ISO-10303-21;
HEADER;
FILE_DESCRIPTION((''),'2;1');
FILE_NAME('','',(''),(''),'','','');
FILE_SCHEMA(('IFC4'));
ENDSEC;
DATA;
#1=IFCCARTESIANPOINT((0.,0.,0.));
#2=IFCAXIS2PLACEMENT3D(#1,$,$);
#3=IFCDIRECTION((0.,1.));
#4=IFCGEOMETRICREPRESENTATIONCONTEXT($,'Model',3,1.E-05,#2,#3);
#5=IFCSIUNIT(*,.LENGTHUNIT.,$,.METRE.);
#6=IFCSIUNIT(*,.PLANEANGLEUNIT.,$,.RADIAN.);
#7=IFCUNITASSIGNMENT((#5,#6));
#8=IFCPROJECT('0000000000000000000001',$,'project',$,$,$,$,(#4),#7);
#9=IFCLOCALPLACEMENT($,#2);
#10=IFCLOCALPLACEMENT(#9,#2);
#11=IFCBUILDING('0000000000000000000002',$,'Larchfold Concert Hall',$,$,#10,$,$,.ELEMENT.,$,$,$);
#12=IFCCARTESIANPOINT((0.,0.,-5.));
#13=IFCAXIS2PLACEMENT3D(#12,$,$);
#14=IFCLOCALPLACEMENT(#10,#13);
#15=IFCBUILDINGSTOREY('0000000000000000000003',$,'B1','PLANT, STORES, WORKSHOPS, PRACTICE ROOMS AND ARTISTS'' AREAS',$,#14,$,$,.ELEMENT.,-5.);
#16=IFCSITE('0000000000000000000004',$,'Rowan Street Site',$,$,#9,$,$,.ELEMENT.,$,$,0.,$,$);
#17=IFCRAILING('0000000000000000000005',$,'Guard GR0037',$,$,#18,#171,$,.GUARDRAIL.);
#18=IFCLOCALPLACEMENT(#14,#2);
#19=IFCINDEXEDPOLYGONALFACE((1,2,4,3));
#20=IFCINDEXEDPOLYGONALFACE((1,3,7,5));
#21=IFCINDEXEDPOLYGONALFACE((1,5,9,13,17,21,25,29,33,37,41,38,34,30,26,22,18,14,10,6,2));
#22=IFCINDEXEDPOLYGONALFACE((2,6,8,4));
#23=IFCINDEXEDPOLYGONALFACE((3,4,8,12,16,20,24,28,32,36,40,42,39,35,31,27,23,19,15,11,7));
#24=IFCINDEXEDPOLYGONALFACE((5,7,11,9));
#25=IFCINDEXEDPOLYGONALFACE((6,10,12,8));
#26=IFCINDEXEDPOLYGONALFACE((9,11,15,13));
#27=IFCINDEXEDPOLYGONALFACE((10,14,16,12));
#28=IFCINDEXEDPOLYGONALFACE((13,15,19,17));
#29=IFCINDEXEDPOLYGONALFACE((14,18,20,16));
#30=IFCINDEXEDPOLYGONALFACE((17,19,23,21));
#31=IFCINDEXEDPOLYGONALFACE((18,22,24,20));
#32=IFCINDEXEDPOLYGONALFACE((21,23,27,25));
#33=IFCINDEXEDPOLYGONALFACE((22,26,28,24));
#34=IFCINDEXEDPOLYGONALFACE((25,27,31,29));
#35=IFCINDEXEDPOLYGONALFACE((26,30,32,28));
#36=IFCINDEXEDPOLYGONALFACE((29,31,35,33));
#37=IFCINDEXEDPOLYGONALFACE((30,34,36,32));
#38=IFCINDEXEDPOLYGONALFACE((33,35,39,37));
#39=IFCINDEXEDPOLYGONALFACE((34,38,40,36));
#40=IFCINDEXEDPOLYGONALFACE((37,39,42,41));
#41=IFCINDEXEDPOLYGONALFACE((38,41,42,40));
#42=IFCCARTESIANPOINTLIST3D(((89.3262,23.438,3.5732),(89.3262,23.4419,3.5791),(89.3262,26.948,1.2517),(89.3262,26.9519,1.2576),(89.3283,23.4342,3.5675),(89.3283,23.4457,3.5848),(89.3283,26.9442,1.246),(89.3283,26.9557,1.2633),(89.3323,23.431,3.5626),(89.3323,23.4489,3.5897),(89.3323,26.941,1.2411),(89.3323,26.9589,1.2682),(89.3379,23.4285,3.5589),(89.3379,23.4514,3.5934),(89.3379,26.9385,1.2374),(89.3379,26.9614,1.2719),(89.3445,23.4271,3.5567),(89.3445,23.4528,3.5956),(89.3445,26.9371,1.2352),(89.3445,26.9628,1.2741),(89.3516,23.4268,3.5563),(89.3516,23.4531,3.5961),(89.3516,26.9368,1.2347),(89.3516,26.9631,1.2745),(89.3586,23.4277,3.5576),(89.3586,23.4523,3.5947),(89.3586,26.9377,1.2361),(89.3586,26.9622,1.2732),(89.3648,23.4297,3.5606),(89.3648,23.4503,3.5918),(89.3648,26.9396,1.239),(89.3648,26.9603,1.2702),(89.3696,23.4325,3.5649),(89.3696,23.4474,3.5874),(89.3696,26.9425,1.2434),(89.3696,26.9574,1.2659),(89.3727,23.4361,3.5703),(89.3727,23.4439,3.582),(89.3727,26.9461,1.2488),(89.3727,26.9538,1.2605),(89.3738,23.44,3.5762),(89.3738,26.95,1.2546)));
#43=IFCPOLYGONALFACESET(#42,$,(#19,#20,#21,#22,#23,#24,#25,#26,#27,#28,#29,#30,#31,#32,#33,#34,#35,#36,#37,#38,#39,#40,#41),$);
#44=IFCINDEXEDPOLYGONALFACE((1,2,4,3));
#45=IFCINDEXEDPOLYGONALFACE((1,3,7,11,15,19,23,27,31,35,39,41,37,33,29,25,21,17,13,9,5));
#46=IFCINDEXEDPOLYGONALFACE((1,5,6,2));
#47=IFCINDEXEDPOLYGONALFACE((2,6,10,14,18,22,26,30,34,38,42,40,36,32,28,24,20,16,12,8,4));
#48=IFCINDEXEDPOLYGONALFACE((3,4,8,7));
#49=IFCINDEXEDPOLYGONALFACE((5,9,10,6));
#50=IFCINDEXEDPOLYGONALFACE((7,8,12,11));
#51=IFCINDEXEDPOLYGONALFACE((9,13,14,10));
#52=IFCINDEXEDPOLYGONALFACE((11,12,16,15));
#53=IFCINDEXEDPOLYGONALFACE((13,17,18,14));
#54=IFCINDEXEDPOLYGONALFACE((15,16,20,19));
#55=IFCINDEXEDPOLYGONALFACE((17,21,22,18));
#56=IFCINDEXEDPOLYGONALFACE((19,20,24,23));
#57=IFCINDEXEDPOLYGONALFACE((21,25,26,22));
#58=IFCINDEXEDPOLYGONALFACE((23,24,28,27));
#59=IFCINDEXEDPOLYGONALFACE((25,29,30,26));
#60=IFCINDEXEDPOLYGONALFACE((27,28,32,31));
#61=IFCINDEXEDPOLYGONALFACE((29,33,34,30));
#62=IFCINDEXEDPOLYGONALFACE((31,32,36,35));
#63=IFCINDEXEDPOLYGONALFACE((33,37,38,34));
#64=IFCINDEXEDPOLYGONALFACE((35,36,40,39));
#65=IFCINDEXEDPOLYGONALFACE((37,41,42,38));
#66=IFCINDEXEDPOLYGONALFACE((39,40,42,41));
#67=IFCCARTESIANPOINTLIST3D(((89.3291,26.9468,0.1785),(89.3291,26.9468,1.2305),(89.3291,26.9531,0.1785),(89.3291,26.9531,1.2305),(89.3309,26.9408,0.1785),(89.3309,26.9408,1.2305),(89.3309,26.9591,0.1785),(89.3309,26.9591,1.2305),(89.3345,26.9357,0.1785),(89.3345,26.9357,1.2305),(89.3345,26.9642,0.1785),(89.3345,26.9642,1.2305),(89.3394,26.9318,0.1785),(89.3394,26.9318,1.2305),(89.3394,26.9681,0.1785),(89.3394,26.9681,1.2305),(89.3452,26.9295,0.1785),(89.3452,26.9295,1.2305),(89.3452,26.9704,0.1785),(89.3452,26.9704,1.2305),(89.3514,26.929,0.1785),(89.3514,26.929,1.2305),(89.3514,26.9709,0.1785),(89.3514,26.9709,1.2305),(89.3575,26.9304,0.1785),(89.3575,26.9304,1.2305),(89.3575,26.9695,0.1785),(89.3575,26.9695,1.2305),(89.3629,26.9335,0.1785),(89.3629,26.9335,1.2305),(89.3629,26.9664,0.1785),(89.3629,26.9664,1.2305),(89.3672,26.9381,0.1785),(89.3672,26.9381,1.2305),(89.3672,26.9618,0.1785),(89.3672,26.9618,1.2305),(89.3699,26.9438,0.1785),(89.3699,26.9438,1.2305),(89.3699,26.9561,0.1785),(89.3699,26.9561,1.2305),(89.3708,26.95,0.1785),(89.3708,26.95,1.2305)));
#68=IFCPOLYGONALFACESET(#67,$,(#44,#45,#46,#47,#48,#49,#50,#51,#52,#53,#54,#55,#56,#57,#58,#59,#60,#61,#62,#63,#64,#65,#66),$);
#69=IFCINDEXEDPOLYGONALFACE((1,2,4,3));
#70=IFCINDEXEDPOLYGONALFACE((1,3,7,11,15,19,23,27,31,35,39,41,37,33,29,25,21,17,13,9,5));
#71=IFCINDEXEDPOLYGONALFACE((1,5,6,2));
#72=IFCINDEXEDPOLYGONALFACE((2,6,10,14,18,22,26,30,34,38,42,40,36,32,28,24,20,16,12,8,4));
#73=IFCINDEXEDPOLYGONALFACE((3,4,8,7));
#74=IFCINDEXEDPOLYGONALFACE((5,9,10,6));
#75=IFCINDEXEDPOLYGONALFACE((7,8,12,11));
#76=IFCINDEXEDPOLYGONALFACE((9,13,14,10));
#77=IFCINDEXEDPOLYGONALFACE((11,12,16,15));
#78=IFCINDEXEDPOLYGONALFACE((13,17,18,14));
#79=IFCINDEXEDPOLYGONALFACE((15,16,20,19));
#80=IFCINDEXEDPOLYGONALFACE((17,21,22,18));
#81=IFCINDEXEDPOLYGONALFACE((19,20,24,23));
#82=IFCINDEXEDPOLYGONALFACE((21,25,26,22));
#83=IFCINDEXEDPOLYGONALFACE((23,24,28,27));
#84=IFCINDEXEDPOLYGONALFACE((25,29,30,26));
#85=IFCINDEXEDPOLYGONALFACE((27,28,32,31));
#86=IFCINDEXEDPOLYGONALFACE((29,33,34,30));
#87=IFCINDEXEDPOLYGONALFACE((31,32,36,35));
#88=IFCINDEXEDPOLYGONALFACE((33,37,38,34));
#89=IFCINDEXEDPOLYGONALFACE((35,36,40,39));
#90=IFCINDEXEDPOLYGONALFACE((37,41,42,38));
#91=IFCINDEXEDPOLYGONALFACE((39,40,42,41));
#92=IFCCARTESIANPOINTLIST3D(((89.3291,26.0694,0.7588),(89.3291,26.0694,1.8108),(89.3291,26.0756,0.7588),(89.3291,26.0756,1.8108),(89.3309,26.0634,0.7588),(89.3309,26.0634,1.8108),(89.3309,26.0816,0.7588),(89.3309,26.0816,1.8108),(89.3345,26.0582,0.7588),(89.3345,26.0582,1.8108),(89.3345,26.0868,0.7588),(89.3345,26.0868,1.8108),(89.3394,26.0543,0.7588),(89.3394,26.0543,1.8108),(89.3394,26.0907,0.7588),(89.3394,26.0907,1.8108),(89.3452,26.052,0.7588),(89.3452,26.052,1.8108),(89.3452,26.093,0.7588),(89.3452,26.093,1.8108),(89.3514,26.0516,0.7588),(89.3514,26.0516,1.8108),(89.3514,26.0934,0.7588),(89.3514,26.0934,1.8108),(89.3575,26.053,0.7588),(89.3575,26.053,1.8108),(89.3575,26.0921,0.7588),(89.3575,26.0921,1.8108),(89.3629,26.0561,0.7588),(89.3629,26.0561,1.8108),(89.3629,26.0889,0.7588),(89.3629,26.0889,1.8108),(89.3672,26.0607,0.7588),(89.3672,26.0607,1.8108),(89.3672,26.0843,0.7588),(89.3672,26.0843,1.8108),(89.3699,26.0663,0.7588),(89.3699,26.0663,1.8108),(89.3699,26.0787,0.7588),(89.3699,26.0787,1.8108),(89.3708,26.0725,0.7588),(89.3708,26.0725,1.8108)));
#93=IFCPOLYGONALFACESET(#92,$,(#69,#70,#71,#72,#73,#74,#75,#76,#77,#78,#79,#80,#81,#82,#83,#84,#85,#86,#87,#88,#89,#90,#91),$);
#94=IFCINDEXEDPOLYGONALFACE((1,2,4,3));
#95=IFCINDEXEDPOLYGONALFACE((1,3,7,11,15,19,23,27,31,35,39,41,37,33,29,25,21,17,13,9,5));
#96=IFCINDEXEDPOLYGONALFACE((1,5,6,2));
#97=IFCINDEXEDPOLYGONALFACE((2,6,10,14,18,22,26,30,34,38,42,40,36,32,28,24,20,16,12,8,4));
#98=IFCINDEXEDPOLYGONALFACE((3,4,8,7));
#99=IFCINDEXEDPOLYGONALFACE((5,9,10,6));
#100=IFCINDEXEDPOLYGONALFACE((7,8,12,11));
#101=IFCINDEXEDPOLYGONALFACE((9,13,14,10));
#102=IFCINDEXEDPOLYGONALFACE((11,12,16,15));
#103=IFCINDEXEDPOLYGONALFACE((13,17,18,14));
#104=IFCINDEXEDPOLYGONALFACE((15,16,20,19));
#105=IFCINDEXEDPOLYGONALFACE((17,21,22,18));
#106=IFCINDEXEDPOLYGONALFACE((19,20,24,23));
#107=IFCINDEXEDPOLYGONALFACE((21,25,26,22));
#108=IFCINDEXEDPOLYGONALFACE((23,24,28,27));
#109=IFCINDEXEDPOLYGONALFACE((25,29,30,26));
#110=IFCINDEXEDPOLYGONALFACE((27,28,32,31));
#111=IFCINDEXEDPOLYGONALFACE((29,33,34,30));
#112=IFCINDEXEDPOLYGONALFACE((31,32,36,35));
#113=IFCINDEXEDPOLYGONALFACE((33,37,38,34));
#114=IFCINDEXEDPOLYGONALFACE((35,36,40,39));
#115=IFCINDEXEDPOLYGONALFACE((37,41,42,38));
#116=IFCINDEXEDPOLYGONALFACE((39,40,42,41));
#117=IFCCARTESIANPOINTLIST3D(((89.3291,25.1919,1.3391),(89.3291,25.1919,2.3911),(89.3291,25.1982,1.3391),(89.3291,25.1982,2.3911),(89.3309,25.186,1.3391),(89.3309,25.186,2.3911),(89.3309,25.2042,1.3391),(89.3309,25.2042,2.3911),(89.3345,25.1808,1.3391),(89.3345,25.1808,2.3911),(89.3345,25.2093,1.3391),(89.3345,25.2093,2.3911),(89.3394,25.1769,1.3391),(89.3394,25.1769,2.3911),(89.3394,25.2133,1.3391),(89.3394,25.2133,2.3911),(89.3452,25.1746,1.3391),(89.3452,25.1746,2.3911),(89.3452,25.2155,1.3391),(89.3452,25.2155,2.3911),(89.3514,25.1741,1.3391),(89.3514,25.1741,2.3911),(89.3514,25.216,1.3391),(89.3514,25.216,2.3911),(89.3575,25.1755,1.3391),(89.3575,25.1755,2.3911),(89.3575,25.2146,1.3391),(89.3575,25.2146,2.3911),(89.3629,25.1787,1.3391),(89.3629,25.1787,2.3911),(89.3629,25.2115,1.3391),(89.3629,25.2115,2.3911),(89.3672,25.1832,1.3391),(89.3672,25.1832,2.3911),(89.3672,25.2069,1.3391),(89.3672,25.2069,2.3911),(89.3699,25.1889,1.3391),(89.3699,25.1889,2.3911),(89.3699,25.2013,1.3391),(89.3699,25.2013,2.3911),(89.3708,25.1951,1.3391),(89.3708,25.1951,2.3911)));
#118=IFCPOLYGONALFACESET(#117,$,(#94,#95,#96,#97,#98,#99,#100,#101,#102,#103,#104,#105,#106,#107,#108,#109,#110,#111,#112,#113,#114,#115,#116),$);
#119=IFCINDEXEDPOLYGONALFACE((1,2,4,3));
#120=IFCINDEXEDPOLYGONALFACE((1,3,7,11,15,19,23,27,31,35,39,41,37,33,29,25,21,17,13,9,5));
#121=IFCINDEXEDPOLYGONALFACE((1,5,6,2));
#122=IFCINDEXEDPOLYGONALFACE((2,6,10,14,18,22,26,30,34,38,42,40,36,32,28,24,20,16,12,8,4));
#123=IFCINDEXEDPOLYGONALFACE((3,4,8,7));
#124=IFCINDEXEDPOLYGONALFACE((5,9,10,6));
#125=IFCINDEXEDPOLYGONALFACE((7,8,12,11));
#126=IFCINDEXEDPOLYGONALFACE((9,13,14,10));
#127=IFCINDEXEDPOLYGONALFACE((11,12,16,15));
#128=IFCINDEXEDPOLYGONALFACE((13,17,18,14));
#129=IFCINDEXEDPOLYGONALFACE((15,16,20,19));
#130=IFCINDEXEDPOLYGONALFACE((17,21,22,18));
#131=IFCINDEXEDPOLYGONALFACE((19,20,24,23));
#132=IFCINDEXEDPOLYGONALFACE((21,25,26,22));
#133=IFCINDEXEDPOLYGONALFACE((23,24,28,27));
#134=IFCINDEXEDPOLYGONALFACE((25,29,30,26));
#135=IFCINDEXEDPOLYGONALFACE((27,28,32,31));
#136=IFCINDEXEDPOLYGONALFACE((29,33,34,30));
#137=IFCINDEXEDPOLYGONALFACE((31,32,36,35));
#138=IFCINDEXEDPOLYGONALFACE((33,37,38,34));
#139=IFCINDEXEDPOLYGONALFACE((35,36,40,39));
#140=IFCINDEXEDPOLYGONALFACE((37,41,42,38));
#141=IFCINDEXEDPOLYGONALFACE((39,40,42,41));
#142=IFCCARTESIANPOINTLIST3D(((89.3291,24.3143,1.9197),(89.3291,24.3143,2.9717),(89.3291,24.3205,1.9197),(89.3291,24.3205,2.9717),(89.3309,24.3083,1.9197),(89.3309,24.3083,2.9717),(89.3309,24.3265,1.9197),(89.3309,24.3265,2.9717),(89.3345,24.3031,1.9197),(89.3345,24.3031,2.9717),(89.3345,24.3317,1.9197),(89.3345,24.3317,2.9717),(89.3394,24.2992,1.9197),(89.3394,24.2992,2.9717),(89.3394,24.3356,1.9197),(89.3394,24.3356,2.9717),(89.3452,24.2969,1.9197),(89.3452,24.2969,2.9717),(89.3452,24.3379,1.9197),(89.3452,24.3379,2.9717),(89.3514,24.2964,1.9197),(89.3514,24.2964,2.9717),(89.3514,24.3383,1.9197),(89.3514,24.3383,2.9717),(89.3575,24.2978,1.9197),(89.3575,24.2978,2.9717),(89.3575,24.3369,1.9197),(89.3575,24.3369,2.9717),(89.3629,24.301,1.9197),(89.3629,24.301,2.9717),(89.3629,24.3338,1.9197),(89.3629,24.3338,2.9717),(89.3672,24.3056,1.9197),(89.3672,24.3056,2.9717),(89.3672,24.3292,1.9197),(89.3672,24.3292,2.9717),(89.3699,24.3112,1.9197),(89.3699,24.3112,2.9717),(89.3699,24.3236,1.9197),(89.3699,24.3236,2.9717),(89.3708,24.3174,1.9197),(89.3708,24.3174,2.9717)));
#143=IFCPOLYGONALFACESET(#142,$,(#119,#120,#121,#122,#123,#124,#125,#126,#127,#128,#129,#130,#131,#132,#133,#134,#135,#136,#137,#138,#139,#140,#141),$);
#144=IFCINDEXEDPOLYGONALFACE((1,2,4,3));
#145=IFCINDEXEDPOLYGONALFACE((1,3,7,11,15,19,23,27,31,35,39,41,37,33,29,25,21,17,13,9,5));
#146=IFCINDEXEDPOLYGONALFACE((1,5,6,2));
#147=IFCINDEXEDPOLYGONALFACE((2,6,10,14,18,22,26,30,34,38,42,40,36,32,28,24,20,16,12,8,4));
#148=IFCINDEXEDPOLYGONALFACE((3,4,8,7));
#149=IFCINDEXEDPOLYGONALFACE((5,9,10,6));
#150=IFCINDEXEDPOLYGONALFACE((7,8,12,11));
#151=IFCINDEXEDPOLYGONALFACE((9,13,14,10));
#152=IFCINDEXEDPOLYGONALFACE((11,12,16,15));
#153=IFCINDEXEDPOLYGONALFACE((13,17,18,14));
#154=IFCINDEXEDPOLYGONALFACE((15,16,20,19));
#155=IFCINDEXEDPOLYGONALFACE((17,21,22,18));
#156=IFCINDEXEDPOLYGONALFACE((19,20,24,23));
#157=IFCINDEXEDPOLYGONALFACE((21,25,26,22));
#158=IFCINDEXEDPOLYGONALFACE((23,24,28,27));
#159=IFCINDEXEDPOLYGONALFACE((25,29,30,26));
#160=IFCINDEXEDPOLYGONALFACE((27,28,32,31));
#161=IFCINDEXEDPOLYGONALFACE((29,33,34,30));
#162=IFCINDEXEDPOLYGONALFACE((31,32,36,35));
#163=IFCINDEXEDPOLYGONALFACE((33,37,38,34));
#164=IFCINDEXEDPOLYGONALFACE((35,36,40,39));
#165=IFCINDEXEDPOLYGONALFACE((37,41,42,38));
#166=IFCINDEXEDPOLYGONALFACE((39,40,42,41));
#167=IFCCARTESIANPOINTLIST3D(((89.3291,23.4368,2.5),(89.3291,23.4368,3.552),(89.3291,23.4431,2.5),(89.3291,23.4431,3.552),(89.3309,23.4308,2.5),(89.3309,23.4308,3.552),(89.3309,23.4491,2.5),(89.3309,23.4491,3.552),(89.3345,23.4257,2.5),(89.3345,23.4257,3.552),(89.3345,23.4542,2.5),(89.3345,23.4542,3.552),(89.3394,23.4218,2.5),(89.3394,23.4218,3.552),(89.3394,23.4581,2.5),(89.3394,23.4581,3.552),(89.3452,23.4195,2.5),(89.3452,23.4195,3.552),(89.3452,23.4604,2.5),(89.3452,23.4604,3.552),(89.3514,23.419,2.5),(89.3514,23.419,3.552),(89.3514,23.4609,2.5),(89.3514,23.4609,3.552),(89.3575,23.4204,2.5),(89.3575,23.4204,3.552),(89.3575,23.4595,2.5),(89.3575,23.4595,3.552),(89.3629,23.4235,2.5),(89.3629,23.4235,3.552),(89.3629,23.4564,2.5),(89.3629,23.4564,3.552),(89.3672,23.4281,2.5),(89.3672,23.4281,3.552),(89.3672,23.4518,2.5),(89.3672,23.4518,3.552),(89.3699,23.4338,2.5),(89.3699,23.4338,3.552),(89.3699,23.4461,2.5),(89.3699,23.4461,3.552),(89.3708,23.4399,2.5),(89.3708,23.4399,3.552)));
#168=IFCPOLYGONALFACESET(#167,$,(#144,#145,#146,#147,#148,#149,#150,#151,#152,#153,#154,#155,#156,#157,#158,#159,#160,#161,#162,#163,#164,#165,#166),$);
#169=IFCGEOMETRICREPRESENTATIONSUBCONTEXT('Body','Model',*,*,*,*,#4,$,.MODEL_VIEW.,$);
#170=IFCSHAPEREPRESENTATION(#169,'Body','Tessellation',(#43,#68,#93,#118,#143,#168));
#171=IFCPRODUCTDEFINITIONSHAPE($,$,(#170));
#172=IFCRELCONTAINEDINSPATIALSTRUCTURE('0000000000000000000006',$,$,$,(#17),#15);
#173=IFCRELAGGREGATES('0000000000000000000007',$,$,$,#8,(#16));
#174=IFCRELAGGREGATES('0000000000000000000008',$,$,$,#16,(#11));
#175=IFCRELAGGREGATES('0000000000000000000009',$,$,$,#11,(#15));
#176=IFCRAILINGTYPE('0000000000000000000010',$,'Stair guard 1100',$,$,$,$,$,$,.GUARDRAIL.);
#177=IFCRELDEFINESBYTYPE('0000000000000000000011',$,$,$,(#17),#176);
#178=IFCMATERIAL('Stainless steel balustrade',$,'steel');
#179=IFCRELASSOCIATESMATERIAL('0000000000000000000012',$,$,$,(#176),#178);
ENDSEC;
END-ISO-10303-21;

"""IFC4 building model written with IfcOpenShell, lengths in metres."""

from ifc_helpers import new_model, si_unit, direction, frame, origin, origin_2d, place, context, subcontext, project, spatial, circle, extrude, material, type_object, element, save


model = new_model("IFC4")

# Units and contexts
model_context = context("Model", 3, precision=1e-05, world=origin(), true_north=direction((0.0, 1.0)))
body_context = subcontext(model_context, "Body", "Model", "MODEL_VIEW")
ifc_project = project(units=[si_unit("LENGTHUNIT", "METRE"), si_unit("PLANEANGLEUNIT", "RADIAN")], contexts=[model_context])

# Site, building, storey
site_placement = place(None, origin())
site = spatial("IfcSite", under=ifc_project, at=site_placement, Name="Rowan Street Site", CompositionType="ELEMENT", RefElevation=0.0)
building_placement = place(site_placement, origin())
building = spatial("IfcBuilding", under=site, at=building_placement, Name="Larchfold Concert Hall", CompositionType="ELEMENT")
storey_placement = place(building_placement, frame((0.0, 0.0, -5.0)))
storey = spatial("IfcBuildingStorey", under=building, at=storey_placement, Name="B1", Description="PLANT, STORES, WORKSHOPS, PRACTICE ROOMS AND ARTISTS' AREAS", CompositionType="ELEMENT", Elevation=-5.0)

# Railing
ifc_material_1 = material(Name="Stainless steel balustrade", Category="steel")
railing_type_1 = type_object("IfcRailingType", Name="Stair guard 1100", PredefinedType="GUARDRAIL", material=ifc_material_1)
railing_1_placement = place(storey_placement, frame((89.3499, 26.95, 0.1785)))
element("IfcRailing", 1, at=railing_1_placement, inside=storey, type_object=railing_type_1, Name="Guard GR0037", PredefinedType="GUARDRAIL", context=body_context, shape_type="SweptSolid", body=[
    extrude(circle(Radius=0.0239, at=origin_2d()), frame((0.0, 0.0, 1.0762), z_axis=(0.0, -0.834071, 0.551657), x_axis=(1.0, 0.0, 0.0)), (0.0, 0.0, 1.0), 4.2083),
    extrude(circle(Radius=0.021, at=origin_2d()), origin(), (0.0, 0.0, 1.0), 1.052),
    extrude(circle(Radius=0.021, at=origin_2d()), frame((0.0, -0.8774, 0.5803)), (0.0, 0.0, 1.0), 1.052),
    extrude(circle(Radius=0.021, at=origin_2d()), frame((0.0, -1.7549, 1.1606)), (0.0, 0.0, 1.0), 1.052),
    extrude(circle(Radius=0.021, at=origin_2d()), frame((0.0, -2.6326, 1.7412)), (0.0, 0.0, 1.0), 1.052),
    extrude(circle(Radius=0.021, at=origin_2d()), frame((0.0, -3.51, 2.3215)), (0.0, 0.0, 1.0), 1.052),
])

save(model, "model.ifc")
